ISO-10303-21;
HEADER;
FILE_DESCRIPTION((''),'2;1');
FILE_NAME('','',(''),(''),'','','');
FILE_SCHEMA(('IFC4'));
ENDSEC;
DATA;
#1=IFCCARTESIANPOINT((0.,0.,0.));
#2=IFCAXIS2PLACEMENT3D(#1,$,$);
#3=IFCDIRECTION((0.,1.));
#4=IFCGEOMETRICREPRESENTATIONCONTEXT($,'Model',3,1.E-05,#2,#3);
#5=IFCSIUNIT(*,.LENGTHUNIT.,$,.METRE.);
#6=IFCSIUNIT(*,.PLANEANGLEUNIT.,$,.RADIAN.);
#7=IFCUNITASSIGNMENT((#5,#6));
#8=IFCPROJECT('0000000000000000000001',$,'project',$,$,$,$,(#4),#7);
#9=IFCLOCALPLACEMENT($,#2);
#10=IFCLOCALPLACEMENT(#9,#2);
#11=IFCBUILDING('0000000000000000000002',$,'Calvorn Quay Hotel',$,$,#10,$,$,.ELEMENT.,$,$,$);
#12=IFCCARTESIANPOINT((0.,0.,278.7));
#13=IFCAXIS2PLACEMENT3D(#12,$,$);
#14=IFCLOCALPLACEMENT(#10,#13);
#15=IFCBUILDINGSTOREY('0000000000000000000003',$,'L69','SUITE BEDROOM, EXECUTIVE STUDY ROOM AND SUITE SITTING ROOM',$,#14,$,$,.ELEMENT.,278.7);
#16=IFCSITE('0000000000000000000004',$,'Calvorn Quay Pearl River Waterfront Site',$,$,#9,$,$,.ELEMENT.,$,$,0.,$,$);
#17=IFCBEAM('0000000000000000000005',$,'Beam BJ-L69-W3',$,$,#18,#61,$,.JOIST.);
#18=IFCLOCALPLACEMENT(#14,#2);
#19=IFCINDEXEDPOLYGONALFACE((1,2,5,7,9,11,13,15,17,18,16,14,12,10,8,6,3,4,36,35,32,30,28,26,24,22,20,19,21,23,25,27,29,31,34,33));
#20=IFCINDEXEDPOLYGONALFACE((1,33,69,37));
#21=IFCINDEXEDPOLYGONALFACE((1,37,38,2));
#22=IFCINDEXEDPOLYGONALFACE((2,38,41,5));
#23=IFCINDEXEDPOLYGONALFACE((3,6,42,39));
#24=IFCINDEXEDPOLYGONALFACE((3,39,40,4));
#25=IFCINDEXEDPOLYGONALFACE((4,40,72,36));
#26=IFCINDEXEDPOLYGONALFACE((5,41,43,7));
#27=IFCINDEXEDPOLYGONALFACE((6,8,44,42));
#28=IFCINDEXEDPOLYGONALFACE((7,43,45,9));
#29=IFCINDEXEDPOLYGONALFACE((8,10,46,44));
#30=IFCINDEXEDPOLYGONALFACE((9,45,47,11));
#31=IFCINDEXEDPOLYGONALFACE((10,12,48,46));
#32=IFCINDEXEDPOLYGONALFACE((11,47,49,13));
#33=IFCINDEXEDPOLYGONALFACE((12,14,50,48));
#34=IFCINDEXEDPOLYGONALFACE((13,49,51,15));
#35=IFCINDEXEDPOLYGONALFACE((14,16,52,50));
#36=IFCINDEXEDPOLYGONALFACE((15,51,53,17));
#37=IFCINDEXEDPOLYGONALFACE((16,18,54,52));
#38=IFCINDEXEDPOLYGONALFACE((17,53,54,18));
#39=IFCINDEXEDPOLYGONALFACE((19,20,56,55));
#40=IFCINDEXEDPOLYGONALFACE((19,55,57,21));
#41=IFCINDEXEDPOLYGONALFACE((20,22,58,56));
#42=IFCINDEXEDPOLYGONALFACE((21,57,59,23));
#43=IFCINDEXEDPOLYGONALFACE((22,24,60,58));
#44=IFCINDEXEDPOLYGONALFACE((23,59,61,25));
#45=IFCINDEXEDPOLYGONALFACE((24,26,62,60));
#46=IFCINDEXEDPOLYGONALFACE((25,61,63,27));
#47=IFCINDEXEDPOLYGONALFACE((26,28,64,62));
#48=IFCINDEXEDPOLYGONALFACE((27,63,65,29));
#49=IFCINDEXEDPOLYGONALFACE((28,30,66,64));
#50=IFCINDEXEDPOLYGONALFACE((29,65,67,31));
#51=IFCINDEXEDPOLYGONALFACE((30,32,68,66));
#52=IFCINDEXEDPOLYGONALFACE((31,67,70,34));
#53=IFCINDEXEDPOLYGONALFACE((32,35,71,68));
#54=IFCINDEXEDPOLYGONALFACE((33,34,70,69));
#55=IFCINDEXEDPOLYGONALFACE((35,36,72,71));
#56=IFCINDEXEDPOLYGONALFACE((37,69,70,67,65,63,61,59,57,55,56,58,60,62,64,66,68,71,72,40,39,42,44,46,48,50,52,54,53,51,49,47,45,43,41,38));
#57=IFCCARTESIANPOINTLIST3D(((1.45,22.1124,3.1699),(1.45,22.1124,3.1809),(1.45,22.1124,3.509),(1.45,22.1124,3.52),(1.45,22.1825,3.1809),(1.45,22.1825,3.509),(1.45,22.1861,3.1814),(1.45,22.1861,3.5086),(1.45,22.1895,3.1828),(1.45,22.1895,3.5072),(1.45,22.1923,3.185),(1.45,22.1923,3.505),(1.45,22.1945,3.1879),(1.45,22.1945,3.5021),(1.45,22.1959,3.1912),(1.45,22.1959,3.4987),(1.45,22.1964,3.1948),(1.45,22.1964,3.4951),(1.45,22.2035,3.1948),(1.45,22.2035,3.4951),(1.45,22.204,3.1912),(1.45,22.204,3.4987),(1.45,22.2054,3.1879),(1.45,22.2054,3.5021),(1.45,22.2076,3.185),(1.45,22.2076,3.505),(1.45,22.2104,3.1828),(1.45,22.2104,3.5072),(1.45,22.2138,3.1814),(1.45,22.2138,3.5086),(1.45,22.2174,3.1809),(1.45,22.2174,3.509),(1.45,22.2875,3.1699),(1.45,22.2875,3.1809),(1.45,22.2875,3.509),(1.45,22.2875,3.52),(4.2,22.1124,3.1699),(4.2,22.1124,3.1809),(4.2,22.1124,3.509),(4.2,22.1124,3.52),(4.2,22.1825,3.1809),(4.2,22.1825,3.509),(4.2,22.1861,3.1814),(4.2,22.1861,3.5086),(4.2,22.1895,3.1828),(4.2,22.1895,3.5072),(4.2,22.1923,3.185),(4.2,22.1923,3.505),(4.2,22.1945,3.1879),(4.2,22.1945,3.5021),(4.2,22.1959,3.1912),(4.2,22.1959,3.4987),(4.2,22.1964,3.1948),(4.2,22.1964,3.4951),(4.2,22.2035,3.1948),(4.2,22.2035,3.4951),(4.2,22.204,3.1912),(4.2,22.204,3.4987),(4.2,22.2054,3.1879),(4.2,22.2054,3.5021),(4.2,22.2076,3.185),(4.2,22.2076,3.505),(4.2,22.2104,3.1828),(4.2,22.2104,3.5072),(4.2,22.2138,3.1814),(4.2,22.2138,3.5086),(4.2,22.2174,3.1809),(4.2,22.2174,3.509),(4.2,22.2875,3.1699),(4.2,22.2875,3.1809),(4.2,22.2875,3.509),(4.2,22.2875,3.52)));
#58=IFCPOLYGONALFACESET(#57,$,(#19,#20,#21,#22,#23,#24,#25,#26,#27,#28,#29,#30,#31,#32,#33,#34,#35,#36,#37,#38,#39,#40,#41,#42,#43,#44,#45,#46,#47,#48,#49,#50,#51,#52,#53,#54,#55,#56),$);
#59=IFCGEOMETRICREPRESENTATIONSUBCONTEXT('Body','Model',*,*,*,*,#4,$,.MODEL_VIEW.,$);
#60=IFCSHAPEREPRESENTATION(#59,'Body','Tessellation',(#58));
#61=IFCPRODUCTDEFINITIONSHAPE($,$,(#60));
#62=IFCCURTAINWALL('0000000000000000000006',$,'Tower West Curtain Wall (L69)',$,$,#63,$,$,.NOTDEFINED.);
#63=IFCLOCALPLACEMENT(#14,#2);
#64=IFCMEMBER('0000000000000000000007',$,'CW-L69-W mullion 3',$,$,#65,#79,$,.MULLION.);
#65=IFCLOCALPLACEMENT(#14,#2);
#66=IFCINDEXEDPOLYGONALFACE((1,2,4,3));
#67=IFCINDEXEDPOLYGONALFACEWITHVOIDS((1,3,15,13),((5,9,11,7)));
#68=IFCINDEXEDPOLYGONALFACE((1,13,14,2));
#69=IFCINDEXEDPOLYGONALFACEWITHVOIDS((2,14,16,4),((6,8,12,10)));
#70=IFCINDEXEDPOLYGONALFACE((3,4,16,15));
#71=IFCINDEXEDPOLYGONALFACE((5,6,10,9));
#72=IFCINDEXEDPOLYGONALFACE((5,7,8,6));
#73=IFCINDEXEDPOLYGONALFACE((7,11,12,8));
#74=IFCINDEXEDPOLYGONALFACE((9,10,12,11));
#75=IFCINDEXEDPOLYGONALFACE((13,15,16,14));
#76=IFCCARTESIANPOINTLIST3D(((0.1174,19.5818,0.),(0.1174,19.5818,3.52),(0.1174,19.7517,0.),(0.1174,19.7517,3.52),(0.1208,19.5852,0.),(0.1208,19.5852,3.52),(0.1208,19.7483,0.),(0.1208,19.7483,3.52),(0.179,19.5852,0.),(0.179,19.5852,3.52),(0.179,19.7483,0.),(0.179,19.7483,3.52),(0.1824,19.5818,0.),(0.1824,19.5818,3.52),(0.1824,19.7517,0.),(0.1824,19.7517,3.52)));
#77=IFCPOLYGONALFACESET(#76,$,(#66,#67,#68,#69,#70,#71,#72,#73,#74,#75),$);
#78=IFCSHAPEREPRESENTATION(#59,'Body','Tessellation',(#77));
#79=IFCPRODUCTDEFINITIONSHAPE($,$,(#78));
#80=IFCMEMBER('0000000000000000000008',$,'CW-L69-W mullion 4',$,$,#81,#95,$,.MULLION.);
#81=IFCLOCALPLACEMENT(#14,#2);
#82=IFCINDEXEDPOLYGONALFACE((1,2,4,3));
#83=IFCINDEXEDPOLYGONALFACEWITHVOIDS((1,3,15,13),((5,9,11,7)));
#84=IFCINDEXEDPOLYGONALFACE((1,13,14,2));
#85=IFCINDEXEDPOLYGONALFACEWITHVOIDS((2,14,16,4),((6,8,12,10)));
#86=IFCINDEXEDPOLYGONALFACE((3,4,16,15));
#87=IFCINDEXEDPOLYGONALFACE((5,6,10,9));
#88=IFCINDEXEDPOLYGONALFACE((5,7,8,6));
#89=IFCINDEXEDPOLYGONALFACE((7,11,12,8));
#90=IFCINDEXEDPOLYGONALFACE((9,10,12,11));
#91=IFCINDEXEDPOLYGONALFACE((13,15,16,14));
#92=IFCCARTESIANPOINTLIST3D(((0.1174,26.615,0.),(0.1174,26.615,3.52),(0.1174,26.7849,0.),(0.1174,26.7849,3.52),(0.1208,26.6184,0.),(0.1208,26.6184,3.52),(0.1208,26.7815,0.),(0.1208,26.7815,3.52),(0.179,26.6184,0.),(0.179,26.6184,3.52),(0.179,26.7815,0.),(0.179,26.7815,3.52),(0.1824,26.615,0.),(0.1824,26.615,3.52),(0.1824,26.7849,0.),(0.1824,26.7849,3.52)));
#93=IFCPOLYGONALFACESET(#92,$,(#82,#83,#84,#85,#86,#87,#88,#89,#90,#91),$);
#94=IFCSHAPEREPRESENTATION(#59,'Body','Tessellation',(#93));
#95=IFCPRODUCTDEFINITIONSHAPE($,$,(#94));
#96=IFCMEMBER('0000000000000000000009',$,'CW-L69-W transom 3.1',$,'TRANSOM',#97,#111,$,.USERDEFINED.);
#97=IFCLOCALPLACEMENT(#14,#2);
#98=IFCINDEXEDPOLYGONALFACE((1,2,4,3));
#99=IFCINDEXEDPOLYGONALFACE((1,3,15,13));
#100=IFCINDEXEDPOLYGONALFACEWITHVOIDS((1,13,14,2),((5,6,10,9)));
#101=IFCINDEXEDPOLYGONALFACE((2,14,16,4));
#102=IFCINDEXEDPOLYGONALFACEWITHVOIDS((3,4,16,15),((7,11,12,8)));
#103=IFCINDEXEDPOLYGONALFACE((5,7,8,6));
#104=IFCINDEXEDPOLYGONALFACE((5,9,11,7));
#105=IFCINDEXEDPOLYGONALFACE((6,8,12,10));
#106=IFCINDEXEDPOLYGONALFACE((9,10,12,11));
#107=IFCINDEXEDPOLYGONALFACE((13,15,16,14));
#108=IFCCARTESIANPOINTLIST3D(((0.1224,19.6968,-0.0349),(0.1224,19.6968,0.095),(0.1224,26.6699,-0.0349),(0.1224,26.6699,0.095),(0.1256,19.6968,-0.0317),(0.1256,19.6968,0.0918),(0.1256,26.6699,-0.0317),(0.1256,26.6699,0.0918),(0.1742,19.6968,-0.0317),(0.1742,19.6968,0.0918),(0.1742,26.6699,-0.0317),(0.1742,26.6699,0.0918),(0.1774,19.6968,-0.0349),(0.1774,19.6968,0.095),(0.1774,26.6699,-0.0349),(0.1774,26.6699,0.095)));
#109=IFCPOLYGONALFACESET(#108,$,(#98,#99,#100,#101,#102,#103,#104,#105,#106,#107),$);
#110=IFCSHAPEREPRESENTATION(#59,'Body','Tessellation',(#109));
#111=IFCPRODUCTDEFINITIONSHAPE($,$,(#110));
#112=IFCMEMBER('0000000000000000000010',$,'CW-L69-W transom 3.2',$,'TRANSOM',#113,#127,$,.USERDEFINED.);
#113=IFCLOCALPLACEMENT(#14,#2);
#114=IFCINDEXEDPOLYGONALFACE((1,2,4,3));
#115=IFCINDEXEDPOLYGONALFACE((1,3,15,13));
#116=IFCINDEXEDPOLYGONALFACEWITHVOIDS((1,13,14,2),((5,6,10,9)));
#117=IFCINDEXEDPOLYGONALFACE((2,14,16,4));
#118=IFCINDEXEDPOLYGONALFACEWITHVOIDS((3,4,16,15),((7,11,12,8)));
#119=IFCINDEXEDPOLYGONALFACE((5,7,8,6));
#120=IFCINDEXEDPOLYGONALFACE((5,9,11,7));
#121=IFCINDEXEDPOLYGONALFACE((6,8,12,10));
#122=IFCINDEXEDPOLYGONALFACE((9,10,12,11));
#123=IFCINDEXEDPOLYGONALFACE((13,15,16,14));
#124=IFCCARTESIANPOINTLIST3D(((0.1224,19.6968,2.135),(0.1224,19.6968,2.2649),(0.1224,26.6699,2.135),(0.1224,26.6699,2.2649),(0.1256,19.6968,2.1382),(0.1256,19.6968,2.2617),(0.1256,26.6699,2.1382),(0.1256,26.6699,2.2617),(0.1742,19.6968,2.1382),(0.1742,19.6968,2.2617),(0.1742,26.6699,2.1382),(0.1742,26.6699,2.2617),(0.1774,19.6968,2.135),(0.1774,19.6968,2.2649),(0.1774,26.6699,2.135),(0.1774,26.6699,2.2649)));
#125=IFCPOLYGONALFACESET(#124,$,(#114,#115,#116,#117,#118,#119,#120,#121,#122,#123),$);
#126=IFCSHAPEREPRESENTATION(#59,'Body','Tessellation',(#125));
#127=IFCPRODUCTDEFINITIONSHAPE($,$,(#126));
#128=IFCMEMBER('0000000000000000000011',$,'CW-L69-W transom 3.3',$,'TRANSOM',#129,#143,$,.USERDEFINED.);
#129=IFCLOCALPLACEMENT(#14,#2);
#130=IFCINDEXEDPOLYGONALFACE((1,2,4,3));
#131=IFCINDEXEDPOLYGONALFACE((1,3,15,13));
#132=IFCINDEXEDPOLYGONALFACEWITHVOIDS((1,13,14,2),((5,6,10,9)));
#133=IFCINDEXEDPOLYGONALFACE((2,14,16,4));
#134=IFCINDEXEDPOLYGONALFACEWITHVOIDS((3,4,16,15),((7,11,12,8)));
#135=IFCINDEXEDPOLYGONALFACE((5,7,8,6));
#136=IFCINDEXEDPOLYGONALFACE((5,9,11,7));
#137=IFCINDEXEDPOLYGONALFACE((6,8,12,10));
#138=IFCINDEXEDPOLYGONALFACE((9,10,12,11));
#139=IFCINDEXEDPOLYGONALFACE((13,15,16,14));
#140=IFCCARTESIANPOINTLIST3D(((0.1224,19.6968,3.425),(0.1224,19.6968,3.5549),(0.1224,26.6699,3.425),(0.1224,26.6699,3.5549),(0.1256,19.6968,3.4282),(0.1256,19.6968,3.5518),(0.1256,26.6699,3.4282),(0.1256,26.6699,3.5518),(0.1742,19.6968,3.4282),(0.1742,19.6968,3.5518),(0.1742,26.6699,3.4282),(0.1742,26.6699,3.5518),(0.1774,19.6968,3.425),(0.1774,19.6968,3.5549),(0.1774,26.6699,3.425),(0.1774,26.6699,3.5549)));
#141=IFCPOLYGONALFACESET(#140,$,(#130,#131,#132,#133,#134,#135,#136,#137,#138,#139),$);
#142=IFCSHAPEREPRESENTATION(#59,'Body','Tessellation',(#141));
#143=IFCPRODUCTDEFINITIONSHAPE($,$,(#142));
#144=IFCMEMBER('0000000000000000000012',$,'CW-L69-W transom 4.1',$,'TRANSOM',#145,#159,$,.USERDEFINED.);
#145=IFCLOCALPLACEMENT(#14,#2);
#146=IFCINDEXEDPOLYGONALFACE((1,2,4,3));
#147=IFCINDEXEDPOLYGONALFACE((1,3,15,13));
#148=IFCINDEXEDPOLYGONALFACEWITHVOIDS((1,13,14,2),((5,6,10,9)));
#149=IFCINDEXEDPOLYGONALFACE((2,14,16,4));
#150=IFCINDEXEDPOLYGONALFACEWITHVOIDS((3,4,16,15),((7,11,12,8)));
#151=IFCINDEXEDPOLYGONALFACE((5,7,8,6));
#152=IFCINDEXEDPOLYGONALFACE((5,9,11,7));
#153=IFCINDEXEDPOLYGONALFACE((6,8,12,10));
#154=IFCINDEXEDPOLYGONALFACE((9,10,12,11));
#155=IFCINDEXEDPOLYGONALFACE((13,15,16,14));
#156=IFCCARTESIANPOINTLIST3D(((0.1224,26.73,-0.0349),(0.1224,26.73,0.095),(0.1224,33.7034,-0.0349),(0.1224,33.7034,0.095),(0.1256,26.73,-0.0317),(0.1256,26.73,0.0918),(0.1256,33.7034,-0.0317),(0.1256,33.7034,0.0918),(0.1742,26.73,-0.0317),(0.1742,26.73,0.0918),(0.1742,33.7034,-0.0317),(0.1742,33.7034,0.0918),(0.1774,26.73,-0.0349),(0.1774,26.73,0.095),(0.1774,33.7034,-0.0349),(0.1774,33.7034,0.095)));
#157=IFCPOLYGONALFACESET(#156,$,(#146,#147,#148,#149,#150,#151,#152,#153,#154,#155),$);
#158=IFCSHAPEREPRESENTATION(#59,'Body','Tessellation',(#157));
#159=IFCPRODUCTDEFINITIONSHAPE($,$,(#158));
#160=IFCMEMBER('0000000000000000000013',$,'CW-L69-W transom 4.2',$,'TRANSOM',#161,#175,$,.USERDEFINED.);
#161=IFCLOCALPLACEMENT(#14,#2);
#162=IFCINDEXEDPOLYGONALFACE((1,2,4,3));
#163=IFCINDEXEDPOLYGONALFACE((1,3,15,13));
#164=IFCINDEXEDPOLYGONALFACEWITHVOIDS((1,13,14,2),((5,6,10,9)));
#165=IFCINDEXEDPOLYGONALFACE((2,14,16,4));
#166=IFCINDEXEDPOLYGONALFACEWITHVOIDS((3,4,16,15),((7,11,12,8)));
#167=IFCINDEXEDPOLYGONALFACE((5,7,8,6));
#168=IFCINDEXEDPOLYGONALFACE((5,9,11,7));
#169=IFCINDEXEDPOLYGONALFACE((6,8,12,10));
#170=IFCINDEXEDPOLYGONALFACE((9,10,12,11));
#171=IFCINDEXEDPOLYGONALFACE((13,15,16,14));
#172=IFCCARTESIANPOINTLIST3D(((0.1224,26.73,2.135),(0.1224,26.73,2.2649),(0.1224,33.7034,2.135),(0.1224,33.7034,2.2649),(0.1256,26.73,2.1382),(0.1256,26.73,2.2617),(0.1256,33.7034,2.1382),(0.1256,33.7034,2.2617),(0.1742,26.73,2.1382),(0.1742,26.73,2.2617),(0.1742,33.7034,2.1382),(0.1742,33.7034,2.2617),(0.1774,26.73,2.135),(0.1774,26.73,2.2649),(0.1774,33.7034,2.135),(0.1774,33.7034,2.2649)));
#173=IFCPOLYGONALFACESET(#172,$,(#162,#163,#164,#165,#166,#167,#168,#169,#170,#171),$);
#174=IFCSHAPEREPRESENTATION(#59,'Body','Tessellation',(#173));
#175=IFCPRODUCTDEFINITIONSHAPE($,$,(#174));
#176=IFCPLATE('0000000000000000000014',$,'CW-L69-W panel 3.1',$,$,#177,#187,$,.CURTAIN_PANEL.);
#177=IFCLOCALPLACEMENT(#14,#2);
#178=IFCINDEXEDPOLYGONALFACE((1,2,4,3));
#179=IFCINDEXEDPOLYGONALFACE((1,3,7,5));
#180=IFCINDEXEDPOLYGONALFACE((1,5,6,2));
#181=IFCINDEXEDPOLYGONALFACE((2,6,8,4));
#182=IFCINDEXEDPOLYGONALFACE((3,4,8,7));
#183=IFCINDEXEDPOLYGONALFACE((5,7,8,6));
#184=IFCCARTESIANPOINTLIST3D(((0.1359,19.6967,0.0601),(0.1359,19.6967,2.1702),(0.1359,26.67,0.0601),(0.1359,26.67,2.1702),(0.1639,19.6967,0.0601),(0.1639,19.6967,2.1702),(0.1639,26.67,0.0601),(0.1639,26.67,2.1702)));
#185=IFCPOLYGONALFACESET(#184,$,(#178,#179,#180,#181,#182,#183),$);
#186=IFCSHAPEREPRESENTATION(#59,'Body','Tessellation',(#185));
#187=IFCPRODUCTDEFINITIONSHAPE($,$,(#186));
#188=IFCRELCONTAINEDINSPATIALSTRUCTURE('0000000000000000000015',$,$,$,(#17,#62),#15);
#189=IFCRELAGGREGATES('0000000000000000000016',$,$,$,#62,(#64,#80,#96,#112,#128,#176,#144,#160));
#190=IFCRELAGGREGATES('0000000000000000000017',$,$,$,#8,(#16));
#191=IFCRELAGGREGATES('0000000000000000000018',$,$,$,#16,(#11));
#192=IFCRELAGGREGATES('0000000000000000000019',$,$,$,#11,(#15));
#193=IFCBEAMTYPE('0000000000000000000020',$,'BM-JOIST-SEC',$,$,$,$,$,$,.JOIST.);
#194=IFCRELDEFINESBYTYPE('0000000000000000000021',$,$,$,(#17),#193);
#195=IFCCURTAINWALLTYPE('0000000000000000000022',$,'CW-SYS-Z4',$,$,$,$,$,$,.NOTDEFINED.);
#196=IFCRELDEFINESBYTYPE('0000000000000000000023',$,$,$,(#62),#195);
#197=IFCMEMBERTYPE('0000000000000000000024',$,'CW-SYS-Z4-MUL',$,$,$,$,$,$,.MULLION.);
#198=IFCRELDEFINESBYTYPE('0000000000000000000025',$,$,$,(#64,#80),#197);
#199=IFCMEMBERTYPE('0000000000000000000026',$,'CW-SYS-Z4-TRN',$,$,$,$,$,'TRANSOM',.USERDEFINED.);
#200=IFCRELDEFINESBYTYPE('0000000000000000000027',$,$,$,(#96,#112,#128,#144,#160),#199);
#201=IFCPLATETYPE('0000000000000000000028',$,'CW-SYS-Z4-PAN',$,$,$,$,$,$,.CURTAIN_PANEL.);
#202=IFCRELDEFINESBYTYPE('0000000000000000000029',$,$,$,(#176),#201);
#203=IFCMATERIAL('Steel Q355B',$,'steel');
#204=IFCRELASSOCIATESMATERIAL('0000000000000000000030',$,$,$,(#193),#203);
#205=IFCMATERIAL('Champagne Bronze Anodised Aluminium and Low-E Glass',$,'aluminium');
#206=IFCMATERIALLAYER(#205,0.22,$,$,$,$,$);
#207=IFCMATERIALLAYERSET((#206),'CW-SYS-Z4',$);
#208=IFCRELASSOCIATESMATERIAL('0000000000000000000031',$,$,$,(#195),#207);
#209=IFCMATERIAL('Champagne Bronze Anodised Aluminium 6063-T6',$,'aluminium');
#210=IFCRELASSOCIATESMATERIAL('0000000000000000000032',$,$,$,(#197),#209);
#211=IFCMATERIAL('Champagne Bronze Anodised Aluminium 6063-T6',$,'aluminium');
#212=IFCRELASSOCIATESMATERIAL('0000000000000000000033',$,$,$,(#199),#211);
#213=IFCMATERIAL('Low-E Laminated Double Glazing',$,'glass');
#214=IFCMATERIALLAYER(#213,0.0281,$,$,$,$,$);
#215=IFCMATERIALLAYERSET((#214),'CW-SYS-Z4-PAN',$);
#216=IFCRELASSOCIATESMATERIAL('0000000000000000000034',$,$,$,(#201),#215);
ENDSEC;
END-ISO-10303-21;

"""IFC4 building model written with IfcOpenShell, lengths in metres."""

from ifc_helpers import new_model, si_unit, direction, frame, origin, origin_2d, place, context, subcontext, project, spatial, rectangle, hollow_rectangle, i_section, extrude, material, layer, layer_set, material_profile, profile_set, type_object, element, aggregate, save


model = new_model("IFC4")

# Units and contexts
model_context = context("Model", 3, precision=1e-05, world=origin(), true_north=direction((0.0, 1.0)))
body_context = subcontext(model_context, "Body", "Model", "MODEL_VIEW")
ifc_project = project(units=[si_unit("LENGTHUNIT", "METRE"), si_unit("PLANEANGLEUNIT", "RADIAN")], contexts=[model_context])

# Site, building, storey
site_placement = place(None, origin())
site = spatial("IfcSite", under=ifc_project, at=site_placement, Name="Calvorn Quay Pearl River Waterfront Site", CompositionType="ELEMENT", RefElevation=0.0)
building_placement = place(site_placement, origin())
building = spatial("IfcBuilding", under=site, at=building_placement, Name="Calvorn Quay Hotel", CompositionType="ELEMENT")
storey_placement = place(building_placement, frame((0.0, 0.0, 278.7)))
storey = spatial("IfcBuildingStorey", under=building, at=storey_placement, Name="L69", Description="SUITE BEDROOM, EXECUTIVE STUDY ROOM AND SUITE SITTING ROOM", CompositionType="ELEMENT", Elevation=278.7)

# Beam
ifc_material_1 = material(Name="Steel Q355B", Category="steel")
ifc_material_profile_1 = material_profile(ifc_material_1, i_section(OverallWidth=0.175, OverallDepth=0.3501, WebThickness=0.0071, FlangeThickness=0.011, FilletRadius=0.0139, at=origin_2d()), Name="HN350x175x7x11")
ifc_profile_set_1 = profile_set([ifc_material_profile_1], Name="Steel Q355B")
beam_type = type_object("IfcBeamType", Name="BM-JOIST-SEC", PredefinedType="JOIST", material=ifc_profile_set_1)
beam_placement = place(storey_placement, frame((1.45, 22.2, 3.345), z_axis=(1.0, 0.0, 0.0), x_axis=(0.0, 1.0, 0.0)))
element("IfcBeam", 1, at=beam_placement, inside=storey, type_object=beam_type, Name="Beam BJ-L69-W3", PredefinedType="JOIST", context=body_context, shape_type="SweptSolid", body=[
    extrude(i_section(OverallWidth=0.175, OverallDepth=0.3501, WebThickness=0.0071, FlangeThickness=0.011, FilletRadius=0.0139, at=origin_2d()), origin(), (0.0, 0.0, 1.0), 2.75),
])

# Curtain wall, members, plate
ifc_material_2 = material(Name="Champagne Bronze Anodised Aluminium and Low-E Glass", Category="aluminium")
ifc_layer_1 = layer(ifc_material_2, 0.22)
ifc_layer_set_1 = layer_set([ifc_layer_1], Name="CW-SYS-Z4")
curtain_wall_type = type_object("IfcCurtainWallType", Name="CW-SYS-Z4", PredefinedType="NOTDEFINED", material=ifc_layer_set_1)
curtain_wall_placement = place(storey_placement, origin())
curtain_wall = element("IfcCurtainWall", 2, at=curtain_wall_placement, inside=storey, type_object=curtain_wall_type, Name="Tower West Curtain Wall (L69)", PredefinedType="NOTDEFINED")
ifc_material_3 = material(Name="Champagne Bronze Anodised Aluminium 6063-T6", Category="aluminium")
ifc_material_profile_2 = material_profile(ifc_material_3, hollow_rectangle(XDim=0.0649, YDim=0.1699, WallThickness=0.0034, at=origin_2d()), Name="ALU-M170x65x3.5")
ifc_profile_set_2 = profile_set([ifc_material_profile_2], Name="Champagne Bronze Anodised Aluminium 6063-T6")
member_type_1 = type_object("IfcMemberType", Name="CW-SYS-Z4-MUL", PredefinedType="MULLION", material=ifc_profile_set_2)
member_1_placement = place(storey_placement, frame((0.1499, 19.6667, 0.0), z_axis=(0.0, 0.0, 1.0), x_axis=(-1.0, 0.0, 0.0)))
member_1 = element("IfcMember", 3, at=member_1_placement, type_object=member_type_1, Name="CW-L69-W mullion 3", PredefinedType="MULLION", context=body_context, shape_type="SweptSolid", body=[
    extrude(hollow_rectangle(XDim=0.0649, YDim=0.1699, WallThickness=0.0034, at=origin_2d()), origin(), (0.0, 0.0, 1.0), 3.52),
])
member_2_placement = place(storey_placement, frame((0.1499, 26.7, 0.0), z_axis=(0.0, 0.0, 1.0), x_axis=(-1.0, 0.0, 0.0)))
member_2 = element("IfcMember", 4, at=member_2_placement, type_object=member_type_1, Name="CW-L69-W mullion 4", PredefinedType="MULLION", context=body_context, shape_type="SweptSolid", body=[
    extrude(hollow_rectangle(XDim=0.0649, YDim=0.1699, WallThickness=0.0034, at=origin_2d()), origin(), (0.0, 0.0, 1.0), 3.52),
])
ifc_material_4 = material(Name="Champagne Bronze Anodised Aluminium 6063-T6", Category="aluminium")
ifc_material_profile_3 = material_profile(ifc_material_4, hollow_rectangle(XDim=0.0549, YDim=0.1299, WallThickness=0.0032, at=origin_2d()), Name="ALU-T130x55x3.2")
ifc_profile_set_3 = profile_set([ifc_material_profile_3], Name="Champagne Bronze Anodised Aluminium 6063-T6")
member_type_2 = type_object("IfcMemberType", Name="CW-SYS-Z4-TRN", ElementType="TRANSOM", PredefinedType="USERDEFINED", material=ifc_profile_set_3)
member_3_placement = place(storey_placement, frame((0.1499, 19.6968, 0.03), z_axis=(0.0, 1.0, 0.0), x_axis=(-1.0, 0.0, 0.0)))
member_3 = element("IfcMember", 5, at=member_3_placement, type_object=member_type_2, Name="CW-L69-W transom 3.1", ObjectType="TRANSOM", PredefinedType="USERDEFINED", context=body_context, shape_type="SweptSolid", body=[
    extrude(hollow_rectangle(XDim=0.0549, YDim=0.1299, WallThickness=0.0032, at=origin_2d()), origin(), (0.0, 0.0, 1.0), 6.9731),
])
member_4_placement = place(storey_placement, frame((0.1499, 19.6968, 2.2), z_axis=(0.0, 1.0, 0.0), x_axis=(-1.0, 0.0, 0.0)))
member_4 = element("IfcMember", 6, at=member_4_placement, type_object=member_type_2, Name="CW-L69-W transom 3.2", ObjectType="TRANSOM", PredefinedType="USERDEFINED", context=body_context, shape_type="SweptSolid", body=[
    extrude(hollow_rectangle(XDim=0.0549, YDim=0.1299, WallThickness=0.0032, at=origin_2d()), origin(), (0.0, 0.0, 1.0), 6.9731),
])
member_5_placement = place(storey_placement, frame((0.1499, 19.6968, 3.49), z_axis=(0.0, 1.0, 0.0), x_axis=(-1.0, 0.0, 0.0)))
member_5 = element("IfcMember", 7, at=member_5_placement, type_object=member_type_2, Name="CW-L69-W transom 3.3", ObjectType="TRANSOM", PredefinedType="USERDEFINED", context=body_context, shape_type="SweptSolid", body=[
    extrude(hollow_rectangle(XDim=0.0549, YDim=0.1299, WallThickness=0.0032, at=origin_2d()), origin(), (0.0, 0.0, 1.0), 6.9731),
])
member_6_placement = place(storey_placement, frame((0.1499, 26.73, 0.03), z_axis=(0.0, 1.0, 0.0), x_axis=(-1.0, 0.0, 0.0)))
member_6 = element("IfcMember", 8, at=member_6_placement, type_object=member_type_2, Name="CW-L69-W transom 4.1", ObjectType="TRANSOM", PredefinedType="USERDEFINED", context=body_context, shape_type="SweptSolid", body=[
    extrude(hollow_rectangle(XDim=0.0549, YDim=0.1299, WallThickness=0.0032, at=origin_2d()), origin(), (0.0, 0.0, 1.0), 6.9734),
])
member_7_placement = place(storey_placement, frame((0.1499, 26.73, 2.2), z_axis=(0.0, 1.0, 0.0), x_axis=(-1.0, 0.0, 0.0)))
member_7 = element("IfcMember", 9, at=member_7_placement, type_object=member_type_2, Name="CW-L69-W transom 4.2", ObjectType="TRANSOM", PredefinedType="USERDEFINED", context=body_context, shape_type="SweptSolid", body=[
    extrude(hollow_rectangle(XDim=0.0549, YDim=0.1299, WallThickness=0.0032, at=origin_2d()), origin(), (0.0, 0.0, 1.0), 6.9734),
])
ifc_material_5 = material(Name="Low-E Laminated Double Glazing", Category="glass")
ifc_layer_2 = layer(ifc_material_5, 0.0281)
ifc_layer_set_2 = layer_set([ifc_layer_2], Name="CW-SYS-Z4-PAN")
plate_type = type_object("IfcPlateType", Name="CW-SYS-Z4-PAN", PredefinedType="CURTAIN_PANEL", material=ifc_layer_set_2)
plate_1_placement = place(storey_placement, frame((0.1499, 23.1833, 0.0601), z_axis=(0.0, 0.0, 1.0), x_axis=(0.0, 1.0, 0.0)))
plate_1 = element("IfcPlate", 10, at=plate_1_placement, type_object=plate_type, Name="CW-L69-W panel 3.1", PredefinedType="CURTAIN_PANEL", context=body_context, shape_type="SweptSolid", body=[
    extrude(rectangle(XDim=6.9734, YDim=0.0281, at=origin_2d()), origin(), (0.0, 0.0, 1.0), 2.1101),
])
aggregate(curtain_wall, [member_1, member_2, member_3, member_4, member_5, plate_1, member_6, member_7])

save(model, "model.ifc")
